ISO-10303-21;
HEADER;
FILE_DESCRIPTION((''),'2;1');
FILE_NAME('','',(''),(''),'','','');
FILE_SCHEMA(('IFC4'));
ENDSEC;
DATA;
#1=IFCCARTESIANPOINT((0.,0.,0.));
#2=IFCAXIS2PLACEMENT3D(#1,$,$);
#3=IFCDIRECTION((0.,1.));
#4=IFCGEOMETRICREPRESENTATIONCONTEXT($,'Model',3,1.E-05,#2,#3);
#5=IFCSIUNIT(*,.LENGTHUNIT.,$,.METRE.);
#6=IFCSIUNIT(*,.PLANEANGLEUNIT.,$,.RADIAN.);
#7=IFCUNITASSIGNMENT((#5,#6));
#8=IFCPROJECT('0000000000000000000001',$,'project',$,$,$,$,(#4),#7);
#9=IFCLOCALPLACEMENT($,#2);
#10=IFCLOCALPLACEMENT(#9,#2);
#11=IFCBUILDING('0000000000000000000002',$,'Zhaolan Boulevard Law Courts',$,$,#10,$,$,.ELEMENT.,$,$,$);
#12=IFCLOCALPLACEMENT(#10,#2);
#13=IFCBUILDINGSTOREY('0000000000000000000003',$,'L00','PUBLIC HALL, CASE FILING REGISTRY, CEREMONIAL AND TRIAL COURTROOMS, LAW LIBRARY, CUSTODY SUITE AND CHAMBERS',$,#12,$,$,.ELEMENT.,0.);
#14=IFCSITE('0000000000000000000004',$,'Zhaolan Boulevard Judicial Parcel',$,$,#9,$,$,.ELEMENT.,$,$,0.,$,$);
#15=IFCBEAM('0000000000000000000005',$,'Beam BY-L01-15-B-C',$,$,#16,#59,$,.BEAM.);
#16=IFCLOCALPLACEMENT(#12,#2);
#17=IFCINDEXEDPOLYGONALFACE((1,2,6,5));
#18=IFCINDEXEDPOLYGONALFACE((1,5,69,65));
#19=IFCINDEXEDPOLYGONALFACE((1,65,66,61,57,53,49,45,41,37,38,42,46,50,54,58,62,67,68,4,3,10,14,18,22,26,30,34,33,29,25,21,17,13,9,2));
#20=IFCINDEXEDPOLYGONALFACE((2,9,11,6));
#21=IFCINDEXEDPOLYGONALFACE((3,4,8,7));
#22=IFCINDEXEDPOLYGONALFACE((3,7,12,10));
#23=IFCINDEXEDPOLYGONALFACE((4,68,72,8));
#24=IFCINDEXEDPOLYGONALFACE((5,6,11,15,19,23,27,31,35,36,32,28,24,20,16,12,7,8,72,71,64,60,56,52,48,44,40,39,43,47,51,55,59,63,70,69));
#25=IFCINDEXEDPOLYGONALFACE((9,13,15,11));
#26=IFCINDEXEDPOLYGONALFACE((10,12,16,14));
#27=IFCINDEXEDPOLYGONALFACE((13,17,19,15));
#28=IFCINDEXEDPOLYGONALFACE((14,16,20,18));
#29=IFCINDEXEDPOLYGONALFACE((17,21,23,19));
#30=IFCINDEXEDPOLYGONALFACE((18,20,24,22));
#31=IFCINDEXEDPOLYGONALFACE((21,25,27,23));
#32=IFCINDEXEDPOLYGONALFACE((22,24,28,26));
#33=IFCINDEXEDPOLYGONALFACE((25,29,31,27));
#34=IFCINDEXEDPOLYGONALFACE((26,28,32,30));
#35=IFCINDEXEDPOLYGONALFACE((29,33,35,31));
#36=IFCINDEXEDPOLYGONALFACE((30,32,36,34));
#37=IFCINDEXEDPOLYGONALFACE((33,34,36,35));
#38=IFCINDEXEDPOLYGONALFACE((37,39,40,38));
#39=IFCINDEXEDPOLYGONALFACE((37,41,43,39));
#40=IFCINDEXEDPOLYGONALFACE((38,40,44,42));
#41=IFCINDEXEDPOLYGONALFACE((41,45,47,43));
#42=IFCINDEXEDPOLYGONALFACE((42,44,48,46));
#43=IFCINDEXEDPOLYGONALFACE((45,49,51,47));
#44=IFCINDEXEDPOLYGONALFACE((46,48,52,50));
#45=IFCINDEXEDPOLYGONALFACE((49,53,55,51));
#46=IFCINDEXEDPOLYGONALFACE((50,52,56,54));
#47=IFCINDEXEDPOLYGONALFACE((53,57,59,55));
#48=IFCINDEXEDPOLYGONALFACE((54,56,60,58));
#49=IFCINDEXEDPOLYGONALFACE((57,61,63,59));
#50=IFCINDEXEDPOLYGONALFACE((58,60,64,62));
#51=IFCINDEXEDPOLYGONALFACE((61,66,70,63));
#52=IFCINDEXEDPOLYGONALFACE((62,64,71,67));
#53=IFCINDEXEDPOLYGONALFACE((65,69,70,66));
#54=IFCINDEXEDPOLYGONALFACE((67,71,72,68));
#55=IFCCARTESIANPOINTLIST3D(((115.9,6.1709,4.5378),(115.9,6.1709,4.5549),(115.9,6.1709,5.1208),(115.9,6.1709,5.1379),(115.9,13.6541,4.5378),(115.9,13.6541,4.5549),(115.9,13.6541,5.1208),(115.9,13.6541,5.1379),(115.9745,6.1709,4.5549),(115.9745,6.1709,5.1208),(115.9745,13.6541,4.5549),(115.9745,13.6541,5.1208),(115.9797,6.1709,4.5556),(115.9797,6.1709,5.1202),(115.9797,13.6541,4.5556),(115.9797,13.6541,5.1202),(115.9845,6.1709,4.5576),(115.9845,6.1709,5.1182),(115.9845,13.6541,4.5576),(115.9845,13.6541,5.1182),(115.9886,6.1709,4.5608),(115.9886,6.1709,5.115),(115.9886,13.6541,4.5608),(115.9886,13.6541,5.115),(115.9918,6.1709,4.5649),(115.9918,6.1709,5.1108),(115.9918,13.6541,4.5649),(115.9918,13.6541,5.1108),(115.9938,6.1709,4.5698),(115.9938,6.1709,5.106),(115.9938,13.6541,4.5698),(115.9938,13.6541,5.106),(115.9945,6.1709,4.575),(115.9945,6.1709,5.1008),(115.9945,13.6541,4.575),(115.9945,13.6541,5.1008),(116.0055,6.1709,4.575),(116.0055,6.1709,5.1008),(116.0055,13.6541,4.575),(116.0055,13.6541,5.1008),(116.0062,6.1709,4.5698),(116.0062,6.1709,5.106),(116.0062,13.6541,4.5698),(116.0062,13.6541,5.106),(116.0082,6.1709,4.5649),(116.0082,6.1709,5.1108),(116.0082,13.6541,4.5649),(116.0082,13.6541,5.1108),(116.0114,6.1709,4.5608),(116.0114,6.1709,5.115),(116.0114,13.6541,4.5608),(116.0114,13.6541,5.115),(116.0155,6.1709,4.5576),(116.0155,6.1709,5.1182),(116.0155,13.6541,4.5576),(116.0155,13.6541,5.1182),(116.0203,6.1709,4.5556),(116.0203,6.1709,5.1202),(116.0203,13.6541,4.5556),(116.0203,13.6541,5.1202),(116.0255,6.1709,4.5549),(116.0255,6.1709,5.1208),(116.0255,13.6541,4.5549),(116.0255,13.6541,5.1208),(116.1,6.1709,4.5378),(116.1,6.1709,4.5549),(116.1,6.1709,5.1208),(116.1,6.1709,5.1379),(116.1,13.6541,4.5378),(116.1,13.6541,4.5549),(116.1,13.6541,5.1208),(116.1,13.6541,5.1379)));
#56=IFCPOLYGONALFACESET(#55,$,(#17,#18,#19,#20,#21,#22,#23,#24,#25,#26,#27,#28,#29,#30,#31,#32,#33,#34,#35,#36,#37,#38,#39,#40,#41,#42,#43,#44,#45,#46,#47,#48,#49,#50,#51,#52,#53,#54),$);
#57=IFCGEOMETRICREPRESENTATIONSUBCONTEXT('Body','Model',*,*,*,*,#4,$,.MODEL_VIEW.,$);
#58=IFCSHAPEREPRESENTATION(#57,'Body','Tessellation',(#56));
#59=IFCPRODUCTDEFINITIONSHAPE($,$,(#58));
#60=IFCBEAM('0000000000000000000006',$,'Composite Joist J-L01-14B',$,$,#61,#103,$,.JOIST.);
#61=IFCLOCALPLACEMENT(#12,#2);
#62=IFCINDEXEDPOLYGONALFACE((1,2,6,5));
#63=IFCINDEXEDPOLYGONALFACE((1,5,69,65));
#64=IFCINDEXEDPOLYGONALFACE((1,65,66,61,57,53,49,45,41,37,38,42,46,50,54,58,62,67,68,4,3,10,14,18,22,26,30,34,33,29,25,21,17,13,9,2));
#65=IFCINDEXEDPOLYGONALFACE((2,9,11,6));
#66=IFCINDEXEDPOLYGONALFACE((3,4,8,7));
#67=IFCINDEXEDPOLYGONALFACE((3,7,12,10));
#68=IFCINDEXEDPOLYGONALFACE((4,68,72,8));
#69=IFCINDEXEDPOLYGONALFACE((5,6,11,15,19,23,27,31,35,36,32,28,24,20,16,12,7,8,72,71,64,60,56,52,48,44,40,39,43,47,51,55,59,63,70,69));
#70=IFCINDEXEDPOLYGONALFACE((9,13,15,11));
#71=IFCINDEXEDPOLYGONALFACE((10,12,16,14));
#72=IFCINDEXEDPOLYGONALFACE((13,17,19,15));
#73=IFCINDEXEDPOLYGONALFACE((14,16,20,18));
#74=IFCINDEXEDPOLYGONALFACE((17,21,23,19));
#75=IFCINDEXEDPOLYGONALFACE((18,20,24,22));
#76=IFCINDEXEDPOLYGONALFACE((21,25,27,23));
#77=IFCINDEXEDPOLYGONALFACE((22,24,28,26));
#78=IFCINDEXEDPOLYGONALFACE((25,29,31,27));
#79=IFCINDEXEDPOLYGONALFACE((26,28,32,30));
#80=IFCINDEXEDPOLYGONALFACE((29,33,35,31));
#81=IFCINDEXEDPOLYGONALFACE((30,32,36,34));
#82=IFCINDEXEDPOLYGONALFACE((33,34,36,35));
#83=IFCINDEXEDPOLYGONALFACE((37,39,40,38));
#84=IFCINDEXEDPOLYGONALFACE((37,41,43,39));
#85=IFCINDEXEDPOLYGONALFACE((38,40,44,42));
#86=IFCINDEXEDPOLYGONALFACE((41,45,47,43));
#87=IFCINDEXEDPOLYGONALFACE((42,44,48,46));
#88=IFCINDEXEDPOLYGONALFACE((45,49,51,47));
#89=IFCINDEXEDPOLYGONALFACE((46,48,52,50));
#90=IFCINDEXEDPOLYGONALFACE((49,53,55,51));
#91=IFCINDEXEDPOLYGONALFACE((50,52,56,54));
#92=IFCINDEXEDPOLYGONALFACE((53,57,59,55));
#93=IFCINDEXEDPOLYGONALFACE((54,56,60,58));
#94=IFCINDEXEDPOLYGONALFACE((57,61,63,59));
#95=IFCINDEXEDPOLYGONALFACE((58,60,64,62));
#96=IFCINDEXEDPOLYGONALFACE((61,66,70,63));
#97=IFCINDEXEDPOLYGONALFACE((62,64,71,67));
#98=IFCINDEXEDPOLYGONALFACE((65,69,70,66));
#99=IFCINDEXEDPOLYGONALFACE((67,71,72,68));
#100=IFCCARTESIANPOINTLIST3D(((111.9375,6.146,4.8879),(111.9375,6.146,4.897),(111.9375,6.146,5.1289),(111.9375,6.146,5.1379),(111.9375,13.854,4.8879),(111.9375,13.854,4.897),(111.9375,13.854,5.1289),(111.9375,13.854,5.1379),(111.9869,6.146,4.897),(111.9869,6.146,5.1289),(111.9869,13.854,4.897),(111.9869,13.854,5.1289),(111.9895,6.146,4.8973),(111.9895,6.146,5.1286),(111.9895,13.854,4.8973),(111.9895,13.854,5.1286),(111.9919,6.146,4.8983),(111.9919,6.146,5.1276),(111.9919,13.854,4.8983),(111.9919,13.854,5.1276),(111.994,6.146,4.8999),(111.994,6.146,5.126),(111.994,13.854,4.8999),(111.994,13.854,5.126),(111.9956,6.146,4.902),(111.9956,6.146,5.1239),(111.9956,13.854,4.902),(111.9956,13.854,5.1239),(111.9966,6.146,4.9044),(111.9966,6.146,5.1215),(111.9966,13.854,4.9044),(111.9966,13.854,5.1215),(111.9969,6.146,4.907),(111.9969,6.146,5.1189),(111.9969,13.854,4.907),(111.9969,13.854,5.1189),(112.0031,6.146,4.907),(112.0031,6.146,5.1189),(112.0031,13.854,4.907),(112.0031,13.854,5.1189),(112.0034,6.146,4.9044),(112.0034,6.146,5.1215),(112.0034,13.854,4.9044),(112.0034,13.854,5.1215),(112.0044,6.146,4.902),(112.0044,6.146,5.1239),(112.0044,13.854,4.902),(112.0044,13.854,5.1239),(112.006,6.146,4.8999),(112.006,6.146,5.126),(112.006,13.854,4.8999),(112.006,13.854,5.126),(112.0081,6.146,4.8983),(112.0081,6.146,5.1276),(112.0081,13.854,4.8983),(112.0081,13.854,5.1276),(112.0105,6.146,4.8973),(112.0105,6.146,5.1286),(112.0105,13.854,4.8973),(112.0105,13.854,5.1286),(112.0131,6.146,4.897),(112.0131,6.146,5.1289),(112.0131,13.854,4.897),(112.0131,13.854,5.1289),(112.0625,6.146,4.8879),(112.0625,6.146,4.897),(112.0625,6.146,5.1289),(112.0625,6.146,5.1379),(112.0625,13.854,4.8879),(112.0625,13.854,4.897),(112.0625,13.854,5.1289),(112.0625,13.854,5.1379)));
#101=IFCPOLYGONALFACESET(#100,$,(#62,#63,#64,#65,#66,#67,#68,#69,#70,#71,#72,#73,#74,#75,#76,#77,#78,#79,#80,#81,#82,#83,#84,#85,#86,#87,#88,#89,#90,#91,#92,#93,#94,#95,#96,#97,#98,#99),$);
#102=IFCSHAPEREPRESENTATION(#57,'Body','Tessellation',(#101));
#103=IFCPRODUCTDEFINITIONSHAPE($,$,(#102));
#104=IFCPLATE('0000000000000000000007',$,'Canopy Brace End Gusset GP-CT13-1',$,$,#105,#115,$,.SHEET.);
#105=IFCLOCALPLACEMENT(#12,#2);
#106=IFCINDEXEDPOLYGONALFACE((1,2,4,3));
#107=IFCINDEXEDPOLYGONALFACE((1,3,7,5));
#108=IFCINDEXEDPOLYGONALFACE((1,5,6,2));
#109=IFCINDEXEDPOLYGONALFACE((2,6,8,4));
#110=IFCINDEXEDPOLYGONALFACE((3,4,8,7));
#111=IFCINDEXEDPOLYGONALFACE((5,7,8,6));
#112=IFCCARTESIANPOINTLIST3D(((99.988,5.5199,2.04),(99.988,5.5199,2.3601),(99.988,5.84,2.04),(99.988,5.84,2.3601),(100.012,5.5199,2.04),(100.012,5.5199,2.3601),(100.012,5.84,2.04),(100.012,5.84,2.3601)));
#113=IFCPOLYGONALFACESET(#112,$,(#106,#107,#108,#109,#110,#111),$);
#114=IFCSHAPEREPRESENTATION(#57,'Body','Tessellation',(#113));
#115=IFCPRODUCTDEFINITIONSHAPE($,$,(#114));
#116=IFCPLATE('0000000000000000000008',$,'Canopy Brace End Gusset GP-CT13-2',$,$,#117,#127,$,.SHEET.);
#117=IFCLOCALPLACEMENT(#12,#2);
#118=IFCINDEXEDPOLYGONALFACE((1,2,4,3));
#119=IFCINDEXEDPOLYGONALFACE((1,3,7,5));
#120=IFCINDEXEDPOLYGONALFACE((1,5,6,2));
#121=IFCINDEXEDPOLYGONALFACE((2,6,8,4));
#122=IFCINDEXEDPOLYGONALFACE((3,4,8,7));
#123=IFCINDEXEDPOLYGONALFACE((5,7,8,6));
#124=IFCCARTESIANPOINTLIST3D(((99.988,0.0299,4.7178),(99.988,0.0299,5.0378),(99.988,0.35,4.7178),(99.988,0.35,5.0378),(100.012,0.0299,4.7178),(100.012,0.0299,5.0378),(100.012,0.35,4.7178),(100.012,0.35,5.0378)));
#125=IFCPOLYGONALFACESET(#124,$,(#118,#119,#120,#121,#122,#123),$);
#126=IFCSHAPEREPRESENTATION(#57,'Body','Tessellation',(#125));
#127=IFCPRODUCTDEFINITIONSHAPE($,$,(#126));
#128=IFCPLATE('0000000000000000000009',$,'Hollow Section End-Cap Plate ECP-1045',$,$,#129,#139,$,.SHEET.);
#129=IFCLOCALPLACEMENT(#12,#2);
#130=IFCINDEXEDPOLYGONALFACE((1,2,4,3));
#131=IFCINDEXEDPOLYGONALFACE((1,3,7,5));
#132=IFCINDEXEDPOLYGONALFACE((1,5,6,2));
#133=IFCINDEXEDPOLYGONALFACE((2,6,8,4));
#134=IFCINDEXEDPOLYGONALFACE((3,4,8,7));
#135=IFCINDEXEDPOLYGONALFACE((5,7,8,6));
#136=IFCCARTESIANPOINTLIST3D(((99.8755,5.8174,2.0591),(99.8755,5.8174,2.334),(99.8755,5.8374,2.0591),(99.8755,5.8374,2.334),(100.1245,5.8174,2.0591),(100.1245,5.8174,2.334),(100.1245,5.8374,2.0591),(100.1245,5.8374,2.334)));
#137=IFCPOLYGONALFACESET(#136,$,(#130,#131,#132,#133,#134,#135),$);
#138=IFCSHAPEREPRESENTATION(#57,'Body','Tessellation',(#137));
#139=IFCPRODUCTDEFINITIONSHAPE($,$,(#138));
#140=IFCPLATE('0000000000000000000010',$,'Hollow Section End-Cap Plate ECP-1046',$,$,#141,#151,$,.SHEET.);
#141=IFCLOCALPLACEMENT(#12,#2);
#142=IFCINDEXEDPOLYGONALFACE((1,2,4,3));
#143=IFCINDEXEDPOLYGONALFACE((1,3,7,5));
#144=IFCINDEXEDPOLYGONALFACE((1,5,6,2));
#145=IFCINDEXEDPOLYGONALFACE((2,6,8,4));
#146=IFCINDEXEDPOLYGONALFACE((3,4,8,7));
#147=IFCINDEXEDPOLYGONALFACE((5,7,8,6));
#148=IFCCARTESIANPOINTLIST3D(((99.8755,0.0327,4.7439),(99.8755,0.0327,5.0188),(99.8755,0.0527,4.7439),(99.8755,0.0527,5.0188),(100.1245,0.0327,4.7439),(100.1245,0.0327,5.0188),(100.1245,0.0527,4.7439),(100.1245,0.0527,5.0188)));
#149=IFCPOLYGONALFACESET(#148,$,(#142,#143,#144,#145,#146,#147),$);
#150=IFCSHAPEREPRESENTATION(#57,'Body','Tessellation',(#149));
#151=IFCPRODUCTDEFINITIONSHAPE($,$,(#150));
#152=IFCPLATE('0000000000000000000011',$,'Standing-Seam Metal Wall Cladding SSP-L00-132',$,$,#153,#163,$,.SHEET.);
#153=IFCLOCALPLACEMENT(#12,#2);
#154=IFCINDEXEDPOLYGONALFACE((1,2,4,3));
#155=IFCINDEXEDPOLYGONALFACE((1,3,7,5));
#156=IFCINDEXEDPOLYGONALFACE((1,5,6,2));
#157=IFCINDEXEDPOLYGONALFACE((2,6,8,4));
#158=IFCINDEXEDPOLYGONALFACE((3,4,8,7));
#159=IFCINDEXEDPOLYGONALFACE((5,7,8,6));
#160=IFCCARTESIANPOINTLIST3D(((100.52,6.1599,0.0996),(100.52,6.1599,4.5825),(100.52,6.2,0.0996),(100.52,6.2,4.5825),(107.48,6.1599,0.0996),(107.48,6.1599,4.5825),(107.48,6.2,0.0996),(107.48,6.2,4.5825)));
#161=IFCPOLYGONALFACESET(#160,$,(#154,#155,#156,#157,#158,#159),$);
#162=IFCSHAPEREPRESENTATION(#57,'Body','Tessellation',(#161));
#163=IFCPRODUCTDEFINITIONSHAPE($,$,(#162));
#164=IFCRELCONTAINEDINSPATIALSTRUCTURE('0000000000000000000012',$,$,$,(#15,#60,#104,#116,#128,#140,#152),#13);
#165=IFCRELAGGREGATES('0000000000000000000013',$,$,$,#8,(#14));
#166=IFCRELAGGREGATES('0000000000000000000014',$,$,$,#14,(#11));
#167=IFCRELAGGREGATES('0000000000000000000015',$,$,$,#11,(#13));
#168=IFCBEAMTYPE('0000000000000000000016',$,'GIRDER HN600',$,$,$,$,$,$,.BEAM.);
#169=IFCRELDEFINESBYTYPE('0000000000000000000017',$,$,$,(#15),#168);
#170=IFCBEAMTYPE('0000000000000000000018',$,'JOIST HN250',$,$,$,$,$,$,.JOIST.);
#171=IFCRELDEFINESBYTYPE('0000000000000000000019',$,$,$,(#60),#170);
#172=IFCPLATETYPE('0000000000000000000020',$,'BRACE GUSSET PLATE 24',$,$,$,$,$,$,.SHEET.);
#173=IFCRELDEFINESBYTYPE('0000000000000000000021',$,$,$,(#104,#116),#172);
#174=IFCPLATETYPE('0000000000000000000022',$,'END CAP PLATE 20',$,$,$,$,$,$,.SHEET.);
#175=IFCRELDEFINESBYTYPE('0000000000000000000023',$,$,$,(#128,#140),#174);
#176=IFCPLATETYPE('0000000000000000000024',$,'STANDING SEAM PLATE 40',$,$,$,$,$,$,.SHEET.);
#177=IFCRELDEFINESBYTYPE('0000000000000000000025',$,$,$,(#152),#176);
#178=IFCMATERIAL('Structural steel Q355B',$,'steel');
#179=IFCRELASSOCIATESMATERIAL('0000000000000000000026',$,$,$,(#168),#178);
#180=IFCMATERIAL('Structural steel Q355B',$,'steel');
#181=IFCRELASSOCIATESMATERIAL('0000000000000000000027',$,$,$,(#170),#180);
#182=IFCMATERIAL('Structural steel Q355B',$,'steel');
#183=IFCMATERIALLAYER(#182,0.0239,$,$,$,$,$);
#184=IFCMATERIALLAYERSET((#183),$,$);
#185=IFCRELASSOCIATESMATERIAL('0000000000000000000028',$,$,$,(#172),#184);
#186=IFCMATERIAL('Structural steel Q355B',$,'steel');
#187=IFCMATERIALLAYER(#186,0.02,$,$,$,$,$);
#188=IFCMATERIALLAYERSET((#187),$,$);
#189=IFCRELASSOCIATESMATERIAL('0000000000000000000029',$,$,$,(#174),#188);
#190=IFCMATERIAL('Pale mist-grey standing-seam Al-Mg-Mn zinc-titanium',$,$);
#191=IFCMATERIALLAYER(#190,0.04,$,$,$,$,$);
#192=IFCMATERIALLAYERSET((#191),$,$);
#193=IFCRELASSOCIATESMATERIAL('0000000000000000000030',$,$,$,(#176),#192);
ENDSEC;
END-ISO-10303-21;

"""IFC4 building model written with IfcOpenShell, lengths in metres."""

from ifc_helpers import new_model, si_unit, direction, frame, origin, origin_2d, place, context, subcontext, project, spatial, rectangle, i_section, extrude, material, layer, layer_set, material_profile, profile_set, type_object, element, save


model = new_model("IFC4")

# Units and contexts
model_context = context("Model", 3, precision=1e-05, world=origin(), true_north=direction((0.0, 1.0)))
body_context = subcontext(model_context, "Body", "Model", "MODEL_VIEW")
ifc_project = project(units=[si_unit("LENGTHUNIT", "METRE"), si_unit("PLANEANGLEUNIT", "RADIAN")], contexts=[model_context])

# Site, building, storey
site_placement = place(None, origin())
site = spatial("IfcSite", under=ifc_project, at=site_placement, Name="Zhaolan Boulevard Judicial Parcel", CompositionType="ELEMENT", RefElevation=0.0)
building_placement = place(site_placement, origin())
building = spatial("IfcBuilding", under=site, at=building_placement, Name="Zhaolan Boulevard Law Courts", CompositionType="ELEMENT")
storey_placement = place(building_placement, origin())
storey = spatial("IfcBuildingStorey", under=building, at=storey_placement, Name="L00", Description="PUBLIC HALL, CASE FILING REGISTRY, CEREMONIAL AND TRIAL COURTROOMS, LAW LIBRARY, CUSTODY SUITE AND CHAMBERS", CompositionType="ELEMENT", Elevation=0.0)

# Beams
ifc_material_1 = material(Name="Structural steel Q355B", Category="steel")
ifc_material_profile_1 = material_profile(ifc_material_1, i_section(OverallWidth=0.2, OverallDepth=0.6001, WebThickness=0.011, FlangeThickness=0.0171, FilletRadius=0.02, at=origin_2d()), Name="HN600x200")
ifc_profile_set_1 = profile_set([ifc_material_profile_1], Name="Structural steel Q355B")
beam_type_1 = type_object("IfcBeamType", Name="GIRDER HN600", PredefinedType="BEAM", material=ifc_profile_set_1)
beam_1_placement = place(storey_placement, frame((116.0, 6.1709, 4.8379), z_axis=(0.0, 1.0, 0.0), x_axis=(-1.0, 0.0, 0.0)))
element("IfcBeam", 1, at=beam_1_placement, inside=storey, type_object=beam_type_1, Name="Beam BY-L01-15-B-C", PredefinedType="BEAM", context=body_context, shape_type="SweptSolid", body=[
    extrude(i_section(OverallWidth=0.2, OverallDepth=0.6001, WebThickness=0.011, FlangeThickness=0.0171, FilletRadius=0.02, at=origin_2d()), origin(), (0.0, 0.0, 1.0), 7.4832),
])
ifc_material_2 = material(Name="Structural steel Q355B", Category="steel")
ifc_material_profile_2 = material_profile(ifc_material_2, i_section(OverallWidth=0.125, OverallDepth=0.25, WebThickness=0.0061, FlangeThickness=0.009, FilletRadius=0.01, at=origin_2d()), Name="HN250x125")
ifc_profile_set_2 = profile_set([ifc_material_profile_2], Name="Structural steel Q355B")
beam_type_2 = type_object("IfcBeamType", Name="JOIST HN250", PredefinedType="JOIST", material=ifc_profile_set_2)
beam_2_placement = place(storey_placement, frame((112.0, 6.146, 5.0129), z_axis=(0.0, 1.0, 0.0), x_axis=(-1.0, 0.0, 0.0)))
element("IfcBeam", 2, at=beam_2_placement, inside=storey, type_object=beam_type_2, Name="Composite Joist J-L01-14B", PredefinedType="JOIST", context=body_context, shape_type="SweptSolid", body=[
    extrude(i_section(OverallWidth=0.125, OverallDepth=0.25, WebThickness=0.0061, FlangeThickness=0.009, FilletRadius=0.01, at=origin_2d()), origin(), (0.0, 0.0, 1.0), 7.708),
])

# Plates
ifc_material_3 = material(Name="Structural steel Q355B", Category="steel")
ifc_layer_1 = layer(ifc_material_3, 0.0239)
ifc_layer_set_1 = layer_set([ifc_layer_1])
plate_type_1 = type_object("IfcPlateType", Name="BRACE GUSSET PLATE 24", PredefinedType="SHEET", material=ifc_layer_set_1)
for number, where, z_axis, x_axis, name in (
    (3, (100.0, 5.6799, 2.04), (0.0, 0.0, 1.0), (1.0, 0.0, 0.0), "Canopy Brace End Gusset GP-CT13-1"),
    (4, (100.0, 0.1899, 4.7178), (0.0, 0.0, 1.0), (1.0, 0.0, 0.0), "Canopy Brace End Gusset GP-CT13-2"),
):
    element("IfcPlate", number, at=place(storey_placement, frame(where, z_axis=z_axis, x_axis=x_axis)), inside=storey, type_object=plate_type_1, Name=name, PredefinedType="SHEET", context=body_context, shape_type="SweptSolid", body=[
        extrude(rectangle(XDim=0.0239, YDim=0.3201, at=origin_2d()), origin(), (0.0, 0.0, 1.0), 0.3201),
    ])
ifc_material_4 = material(Name="Structural steel Q355B", Category="steel")
ifc_layer_2 = layer(ifc_material_4, 0.02)
ifc_layer_set_2 = layer_set([ifc_layer_2])
plate_type_2 = type_object("IfcPlateType", Name="END CAP PLATE 20", PredefinedType="SHEET", material=ifc_layer_set_2)
for number, where, z_axis, x_axis, name in (
    (5, (100.0, 5.8274, 2.0591), (0.0, 0.0, 1.0), (0.0, -1.0, 0.0), "Hollow Section End-Cap Plate ECP-1045"),
    (6, (100.0, 0.0427, 4.7439), (0.0, 0.0, 1.0), (0.0, -1.0, 0.0), "Hollow Section End-Cap Plate ECP-1046"),
):
    element("IfcPlate", number, at=place(storey_placement, frame(where, z_axis=z_axis, x_axis=x_axis)), inside=storey, type_object=plate_type_2, Name=name, PredefinedType="SHEET", context=body_context, shape_type="SweptSolid", body=[
        extrude(rectangle(XDim=0.02, YDim=0.249, at=origin_2d()), origin(), (0.0, 0.0, 1.0), 0.2749),
    ])
ifc_material_5 = material(Name="Pale mist-grey standing-seam Al-Mg-Mn zinc-titanium")
ifc_layer_3 = layer(ifc_material_5, 0.04)
ifc_layer_set_3 = layer_set([ifc_layer_3])
plate_type_3 = type_object("IfcPlateType", Name="STANDING SEAM PLATE 40", PredefinedType="SHEET", material=ifc_layer_set_3)
plate_placement = place(storey_placement, frame((104.0, 6.1799, 0.0996), z_axis=(0.0, 0.0, 1.0), x_axis=(1.0, 0.0, 0.0)))
element("IfcPlate", 7, at=plate_placement, inside=storey, type_object=plate_type_3, Name="Standing-Seam Metal Wall Cladding SSP-L00-132", PredefinedType="SHEET", context=body_context, shape_type="SweptSolid", body=[
    extrude(rectangle(XDim=6.96, YDim=0.04, at=origin_2d()), origin(), (0.0, 0.0, 1.0), 4.4829),
])

save(model, "model.ifc")
